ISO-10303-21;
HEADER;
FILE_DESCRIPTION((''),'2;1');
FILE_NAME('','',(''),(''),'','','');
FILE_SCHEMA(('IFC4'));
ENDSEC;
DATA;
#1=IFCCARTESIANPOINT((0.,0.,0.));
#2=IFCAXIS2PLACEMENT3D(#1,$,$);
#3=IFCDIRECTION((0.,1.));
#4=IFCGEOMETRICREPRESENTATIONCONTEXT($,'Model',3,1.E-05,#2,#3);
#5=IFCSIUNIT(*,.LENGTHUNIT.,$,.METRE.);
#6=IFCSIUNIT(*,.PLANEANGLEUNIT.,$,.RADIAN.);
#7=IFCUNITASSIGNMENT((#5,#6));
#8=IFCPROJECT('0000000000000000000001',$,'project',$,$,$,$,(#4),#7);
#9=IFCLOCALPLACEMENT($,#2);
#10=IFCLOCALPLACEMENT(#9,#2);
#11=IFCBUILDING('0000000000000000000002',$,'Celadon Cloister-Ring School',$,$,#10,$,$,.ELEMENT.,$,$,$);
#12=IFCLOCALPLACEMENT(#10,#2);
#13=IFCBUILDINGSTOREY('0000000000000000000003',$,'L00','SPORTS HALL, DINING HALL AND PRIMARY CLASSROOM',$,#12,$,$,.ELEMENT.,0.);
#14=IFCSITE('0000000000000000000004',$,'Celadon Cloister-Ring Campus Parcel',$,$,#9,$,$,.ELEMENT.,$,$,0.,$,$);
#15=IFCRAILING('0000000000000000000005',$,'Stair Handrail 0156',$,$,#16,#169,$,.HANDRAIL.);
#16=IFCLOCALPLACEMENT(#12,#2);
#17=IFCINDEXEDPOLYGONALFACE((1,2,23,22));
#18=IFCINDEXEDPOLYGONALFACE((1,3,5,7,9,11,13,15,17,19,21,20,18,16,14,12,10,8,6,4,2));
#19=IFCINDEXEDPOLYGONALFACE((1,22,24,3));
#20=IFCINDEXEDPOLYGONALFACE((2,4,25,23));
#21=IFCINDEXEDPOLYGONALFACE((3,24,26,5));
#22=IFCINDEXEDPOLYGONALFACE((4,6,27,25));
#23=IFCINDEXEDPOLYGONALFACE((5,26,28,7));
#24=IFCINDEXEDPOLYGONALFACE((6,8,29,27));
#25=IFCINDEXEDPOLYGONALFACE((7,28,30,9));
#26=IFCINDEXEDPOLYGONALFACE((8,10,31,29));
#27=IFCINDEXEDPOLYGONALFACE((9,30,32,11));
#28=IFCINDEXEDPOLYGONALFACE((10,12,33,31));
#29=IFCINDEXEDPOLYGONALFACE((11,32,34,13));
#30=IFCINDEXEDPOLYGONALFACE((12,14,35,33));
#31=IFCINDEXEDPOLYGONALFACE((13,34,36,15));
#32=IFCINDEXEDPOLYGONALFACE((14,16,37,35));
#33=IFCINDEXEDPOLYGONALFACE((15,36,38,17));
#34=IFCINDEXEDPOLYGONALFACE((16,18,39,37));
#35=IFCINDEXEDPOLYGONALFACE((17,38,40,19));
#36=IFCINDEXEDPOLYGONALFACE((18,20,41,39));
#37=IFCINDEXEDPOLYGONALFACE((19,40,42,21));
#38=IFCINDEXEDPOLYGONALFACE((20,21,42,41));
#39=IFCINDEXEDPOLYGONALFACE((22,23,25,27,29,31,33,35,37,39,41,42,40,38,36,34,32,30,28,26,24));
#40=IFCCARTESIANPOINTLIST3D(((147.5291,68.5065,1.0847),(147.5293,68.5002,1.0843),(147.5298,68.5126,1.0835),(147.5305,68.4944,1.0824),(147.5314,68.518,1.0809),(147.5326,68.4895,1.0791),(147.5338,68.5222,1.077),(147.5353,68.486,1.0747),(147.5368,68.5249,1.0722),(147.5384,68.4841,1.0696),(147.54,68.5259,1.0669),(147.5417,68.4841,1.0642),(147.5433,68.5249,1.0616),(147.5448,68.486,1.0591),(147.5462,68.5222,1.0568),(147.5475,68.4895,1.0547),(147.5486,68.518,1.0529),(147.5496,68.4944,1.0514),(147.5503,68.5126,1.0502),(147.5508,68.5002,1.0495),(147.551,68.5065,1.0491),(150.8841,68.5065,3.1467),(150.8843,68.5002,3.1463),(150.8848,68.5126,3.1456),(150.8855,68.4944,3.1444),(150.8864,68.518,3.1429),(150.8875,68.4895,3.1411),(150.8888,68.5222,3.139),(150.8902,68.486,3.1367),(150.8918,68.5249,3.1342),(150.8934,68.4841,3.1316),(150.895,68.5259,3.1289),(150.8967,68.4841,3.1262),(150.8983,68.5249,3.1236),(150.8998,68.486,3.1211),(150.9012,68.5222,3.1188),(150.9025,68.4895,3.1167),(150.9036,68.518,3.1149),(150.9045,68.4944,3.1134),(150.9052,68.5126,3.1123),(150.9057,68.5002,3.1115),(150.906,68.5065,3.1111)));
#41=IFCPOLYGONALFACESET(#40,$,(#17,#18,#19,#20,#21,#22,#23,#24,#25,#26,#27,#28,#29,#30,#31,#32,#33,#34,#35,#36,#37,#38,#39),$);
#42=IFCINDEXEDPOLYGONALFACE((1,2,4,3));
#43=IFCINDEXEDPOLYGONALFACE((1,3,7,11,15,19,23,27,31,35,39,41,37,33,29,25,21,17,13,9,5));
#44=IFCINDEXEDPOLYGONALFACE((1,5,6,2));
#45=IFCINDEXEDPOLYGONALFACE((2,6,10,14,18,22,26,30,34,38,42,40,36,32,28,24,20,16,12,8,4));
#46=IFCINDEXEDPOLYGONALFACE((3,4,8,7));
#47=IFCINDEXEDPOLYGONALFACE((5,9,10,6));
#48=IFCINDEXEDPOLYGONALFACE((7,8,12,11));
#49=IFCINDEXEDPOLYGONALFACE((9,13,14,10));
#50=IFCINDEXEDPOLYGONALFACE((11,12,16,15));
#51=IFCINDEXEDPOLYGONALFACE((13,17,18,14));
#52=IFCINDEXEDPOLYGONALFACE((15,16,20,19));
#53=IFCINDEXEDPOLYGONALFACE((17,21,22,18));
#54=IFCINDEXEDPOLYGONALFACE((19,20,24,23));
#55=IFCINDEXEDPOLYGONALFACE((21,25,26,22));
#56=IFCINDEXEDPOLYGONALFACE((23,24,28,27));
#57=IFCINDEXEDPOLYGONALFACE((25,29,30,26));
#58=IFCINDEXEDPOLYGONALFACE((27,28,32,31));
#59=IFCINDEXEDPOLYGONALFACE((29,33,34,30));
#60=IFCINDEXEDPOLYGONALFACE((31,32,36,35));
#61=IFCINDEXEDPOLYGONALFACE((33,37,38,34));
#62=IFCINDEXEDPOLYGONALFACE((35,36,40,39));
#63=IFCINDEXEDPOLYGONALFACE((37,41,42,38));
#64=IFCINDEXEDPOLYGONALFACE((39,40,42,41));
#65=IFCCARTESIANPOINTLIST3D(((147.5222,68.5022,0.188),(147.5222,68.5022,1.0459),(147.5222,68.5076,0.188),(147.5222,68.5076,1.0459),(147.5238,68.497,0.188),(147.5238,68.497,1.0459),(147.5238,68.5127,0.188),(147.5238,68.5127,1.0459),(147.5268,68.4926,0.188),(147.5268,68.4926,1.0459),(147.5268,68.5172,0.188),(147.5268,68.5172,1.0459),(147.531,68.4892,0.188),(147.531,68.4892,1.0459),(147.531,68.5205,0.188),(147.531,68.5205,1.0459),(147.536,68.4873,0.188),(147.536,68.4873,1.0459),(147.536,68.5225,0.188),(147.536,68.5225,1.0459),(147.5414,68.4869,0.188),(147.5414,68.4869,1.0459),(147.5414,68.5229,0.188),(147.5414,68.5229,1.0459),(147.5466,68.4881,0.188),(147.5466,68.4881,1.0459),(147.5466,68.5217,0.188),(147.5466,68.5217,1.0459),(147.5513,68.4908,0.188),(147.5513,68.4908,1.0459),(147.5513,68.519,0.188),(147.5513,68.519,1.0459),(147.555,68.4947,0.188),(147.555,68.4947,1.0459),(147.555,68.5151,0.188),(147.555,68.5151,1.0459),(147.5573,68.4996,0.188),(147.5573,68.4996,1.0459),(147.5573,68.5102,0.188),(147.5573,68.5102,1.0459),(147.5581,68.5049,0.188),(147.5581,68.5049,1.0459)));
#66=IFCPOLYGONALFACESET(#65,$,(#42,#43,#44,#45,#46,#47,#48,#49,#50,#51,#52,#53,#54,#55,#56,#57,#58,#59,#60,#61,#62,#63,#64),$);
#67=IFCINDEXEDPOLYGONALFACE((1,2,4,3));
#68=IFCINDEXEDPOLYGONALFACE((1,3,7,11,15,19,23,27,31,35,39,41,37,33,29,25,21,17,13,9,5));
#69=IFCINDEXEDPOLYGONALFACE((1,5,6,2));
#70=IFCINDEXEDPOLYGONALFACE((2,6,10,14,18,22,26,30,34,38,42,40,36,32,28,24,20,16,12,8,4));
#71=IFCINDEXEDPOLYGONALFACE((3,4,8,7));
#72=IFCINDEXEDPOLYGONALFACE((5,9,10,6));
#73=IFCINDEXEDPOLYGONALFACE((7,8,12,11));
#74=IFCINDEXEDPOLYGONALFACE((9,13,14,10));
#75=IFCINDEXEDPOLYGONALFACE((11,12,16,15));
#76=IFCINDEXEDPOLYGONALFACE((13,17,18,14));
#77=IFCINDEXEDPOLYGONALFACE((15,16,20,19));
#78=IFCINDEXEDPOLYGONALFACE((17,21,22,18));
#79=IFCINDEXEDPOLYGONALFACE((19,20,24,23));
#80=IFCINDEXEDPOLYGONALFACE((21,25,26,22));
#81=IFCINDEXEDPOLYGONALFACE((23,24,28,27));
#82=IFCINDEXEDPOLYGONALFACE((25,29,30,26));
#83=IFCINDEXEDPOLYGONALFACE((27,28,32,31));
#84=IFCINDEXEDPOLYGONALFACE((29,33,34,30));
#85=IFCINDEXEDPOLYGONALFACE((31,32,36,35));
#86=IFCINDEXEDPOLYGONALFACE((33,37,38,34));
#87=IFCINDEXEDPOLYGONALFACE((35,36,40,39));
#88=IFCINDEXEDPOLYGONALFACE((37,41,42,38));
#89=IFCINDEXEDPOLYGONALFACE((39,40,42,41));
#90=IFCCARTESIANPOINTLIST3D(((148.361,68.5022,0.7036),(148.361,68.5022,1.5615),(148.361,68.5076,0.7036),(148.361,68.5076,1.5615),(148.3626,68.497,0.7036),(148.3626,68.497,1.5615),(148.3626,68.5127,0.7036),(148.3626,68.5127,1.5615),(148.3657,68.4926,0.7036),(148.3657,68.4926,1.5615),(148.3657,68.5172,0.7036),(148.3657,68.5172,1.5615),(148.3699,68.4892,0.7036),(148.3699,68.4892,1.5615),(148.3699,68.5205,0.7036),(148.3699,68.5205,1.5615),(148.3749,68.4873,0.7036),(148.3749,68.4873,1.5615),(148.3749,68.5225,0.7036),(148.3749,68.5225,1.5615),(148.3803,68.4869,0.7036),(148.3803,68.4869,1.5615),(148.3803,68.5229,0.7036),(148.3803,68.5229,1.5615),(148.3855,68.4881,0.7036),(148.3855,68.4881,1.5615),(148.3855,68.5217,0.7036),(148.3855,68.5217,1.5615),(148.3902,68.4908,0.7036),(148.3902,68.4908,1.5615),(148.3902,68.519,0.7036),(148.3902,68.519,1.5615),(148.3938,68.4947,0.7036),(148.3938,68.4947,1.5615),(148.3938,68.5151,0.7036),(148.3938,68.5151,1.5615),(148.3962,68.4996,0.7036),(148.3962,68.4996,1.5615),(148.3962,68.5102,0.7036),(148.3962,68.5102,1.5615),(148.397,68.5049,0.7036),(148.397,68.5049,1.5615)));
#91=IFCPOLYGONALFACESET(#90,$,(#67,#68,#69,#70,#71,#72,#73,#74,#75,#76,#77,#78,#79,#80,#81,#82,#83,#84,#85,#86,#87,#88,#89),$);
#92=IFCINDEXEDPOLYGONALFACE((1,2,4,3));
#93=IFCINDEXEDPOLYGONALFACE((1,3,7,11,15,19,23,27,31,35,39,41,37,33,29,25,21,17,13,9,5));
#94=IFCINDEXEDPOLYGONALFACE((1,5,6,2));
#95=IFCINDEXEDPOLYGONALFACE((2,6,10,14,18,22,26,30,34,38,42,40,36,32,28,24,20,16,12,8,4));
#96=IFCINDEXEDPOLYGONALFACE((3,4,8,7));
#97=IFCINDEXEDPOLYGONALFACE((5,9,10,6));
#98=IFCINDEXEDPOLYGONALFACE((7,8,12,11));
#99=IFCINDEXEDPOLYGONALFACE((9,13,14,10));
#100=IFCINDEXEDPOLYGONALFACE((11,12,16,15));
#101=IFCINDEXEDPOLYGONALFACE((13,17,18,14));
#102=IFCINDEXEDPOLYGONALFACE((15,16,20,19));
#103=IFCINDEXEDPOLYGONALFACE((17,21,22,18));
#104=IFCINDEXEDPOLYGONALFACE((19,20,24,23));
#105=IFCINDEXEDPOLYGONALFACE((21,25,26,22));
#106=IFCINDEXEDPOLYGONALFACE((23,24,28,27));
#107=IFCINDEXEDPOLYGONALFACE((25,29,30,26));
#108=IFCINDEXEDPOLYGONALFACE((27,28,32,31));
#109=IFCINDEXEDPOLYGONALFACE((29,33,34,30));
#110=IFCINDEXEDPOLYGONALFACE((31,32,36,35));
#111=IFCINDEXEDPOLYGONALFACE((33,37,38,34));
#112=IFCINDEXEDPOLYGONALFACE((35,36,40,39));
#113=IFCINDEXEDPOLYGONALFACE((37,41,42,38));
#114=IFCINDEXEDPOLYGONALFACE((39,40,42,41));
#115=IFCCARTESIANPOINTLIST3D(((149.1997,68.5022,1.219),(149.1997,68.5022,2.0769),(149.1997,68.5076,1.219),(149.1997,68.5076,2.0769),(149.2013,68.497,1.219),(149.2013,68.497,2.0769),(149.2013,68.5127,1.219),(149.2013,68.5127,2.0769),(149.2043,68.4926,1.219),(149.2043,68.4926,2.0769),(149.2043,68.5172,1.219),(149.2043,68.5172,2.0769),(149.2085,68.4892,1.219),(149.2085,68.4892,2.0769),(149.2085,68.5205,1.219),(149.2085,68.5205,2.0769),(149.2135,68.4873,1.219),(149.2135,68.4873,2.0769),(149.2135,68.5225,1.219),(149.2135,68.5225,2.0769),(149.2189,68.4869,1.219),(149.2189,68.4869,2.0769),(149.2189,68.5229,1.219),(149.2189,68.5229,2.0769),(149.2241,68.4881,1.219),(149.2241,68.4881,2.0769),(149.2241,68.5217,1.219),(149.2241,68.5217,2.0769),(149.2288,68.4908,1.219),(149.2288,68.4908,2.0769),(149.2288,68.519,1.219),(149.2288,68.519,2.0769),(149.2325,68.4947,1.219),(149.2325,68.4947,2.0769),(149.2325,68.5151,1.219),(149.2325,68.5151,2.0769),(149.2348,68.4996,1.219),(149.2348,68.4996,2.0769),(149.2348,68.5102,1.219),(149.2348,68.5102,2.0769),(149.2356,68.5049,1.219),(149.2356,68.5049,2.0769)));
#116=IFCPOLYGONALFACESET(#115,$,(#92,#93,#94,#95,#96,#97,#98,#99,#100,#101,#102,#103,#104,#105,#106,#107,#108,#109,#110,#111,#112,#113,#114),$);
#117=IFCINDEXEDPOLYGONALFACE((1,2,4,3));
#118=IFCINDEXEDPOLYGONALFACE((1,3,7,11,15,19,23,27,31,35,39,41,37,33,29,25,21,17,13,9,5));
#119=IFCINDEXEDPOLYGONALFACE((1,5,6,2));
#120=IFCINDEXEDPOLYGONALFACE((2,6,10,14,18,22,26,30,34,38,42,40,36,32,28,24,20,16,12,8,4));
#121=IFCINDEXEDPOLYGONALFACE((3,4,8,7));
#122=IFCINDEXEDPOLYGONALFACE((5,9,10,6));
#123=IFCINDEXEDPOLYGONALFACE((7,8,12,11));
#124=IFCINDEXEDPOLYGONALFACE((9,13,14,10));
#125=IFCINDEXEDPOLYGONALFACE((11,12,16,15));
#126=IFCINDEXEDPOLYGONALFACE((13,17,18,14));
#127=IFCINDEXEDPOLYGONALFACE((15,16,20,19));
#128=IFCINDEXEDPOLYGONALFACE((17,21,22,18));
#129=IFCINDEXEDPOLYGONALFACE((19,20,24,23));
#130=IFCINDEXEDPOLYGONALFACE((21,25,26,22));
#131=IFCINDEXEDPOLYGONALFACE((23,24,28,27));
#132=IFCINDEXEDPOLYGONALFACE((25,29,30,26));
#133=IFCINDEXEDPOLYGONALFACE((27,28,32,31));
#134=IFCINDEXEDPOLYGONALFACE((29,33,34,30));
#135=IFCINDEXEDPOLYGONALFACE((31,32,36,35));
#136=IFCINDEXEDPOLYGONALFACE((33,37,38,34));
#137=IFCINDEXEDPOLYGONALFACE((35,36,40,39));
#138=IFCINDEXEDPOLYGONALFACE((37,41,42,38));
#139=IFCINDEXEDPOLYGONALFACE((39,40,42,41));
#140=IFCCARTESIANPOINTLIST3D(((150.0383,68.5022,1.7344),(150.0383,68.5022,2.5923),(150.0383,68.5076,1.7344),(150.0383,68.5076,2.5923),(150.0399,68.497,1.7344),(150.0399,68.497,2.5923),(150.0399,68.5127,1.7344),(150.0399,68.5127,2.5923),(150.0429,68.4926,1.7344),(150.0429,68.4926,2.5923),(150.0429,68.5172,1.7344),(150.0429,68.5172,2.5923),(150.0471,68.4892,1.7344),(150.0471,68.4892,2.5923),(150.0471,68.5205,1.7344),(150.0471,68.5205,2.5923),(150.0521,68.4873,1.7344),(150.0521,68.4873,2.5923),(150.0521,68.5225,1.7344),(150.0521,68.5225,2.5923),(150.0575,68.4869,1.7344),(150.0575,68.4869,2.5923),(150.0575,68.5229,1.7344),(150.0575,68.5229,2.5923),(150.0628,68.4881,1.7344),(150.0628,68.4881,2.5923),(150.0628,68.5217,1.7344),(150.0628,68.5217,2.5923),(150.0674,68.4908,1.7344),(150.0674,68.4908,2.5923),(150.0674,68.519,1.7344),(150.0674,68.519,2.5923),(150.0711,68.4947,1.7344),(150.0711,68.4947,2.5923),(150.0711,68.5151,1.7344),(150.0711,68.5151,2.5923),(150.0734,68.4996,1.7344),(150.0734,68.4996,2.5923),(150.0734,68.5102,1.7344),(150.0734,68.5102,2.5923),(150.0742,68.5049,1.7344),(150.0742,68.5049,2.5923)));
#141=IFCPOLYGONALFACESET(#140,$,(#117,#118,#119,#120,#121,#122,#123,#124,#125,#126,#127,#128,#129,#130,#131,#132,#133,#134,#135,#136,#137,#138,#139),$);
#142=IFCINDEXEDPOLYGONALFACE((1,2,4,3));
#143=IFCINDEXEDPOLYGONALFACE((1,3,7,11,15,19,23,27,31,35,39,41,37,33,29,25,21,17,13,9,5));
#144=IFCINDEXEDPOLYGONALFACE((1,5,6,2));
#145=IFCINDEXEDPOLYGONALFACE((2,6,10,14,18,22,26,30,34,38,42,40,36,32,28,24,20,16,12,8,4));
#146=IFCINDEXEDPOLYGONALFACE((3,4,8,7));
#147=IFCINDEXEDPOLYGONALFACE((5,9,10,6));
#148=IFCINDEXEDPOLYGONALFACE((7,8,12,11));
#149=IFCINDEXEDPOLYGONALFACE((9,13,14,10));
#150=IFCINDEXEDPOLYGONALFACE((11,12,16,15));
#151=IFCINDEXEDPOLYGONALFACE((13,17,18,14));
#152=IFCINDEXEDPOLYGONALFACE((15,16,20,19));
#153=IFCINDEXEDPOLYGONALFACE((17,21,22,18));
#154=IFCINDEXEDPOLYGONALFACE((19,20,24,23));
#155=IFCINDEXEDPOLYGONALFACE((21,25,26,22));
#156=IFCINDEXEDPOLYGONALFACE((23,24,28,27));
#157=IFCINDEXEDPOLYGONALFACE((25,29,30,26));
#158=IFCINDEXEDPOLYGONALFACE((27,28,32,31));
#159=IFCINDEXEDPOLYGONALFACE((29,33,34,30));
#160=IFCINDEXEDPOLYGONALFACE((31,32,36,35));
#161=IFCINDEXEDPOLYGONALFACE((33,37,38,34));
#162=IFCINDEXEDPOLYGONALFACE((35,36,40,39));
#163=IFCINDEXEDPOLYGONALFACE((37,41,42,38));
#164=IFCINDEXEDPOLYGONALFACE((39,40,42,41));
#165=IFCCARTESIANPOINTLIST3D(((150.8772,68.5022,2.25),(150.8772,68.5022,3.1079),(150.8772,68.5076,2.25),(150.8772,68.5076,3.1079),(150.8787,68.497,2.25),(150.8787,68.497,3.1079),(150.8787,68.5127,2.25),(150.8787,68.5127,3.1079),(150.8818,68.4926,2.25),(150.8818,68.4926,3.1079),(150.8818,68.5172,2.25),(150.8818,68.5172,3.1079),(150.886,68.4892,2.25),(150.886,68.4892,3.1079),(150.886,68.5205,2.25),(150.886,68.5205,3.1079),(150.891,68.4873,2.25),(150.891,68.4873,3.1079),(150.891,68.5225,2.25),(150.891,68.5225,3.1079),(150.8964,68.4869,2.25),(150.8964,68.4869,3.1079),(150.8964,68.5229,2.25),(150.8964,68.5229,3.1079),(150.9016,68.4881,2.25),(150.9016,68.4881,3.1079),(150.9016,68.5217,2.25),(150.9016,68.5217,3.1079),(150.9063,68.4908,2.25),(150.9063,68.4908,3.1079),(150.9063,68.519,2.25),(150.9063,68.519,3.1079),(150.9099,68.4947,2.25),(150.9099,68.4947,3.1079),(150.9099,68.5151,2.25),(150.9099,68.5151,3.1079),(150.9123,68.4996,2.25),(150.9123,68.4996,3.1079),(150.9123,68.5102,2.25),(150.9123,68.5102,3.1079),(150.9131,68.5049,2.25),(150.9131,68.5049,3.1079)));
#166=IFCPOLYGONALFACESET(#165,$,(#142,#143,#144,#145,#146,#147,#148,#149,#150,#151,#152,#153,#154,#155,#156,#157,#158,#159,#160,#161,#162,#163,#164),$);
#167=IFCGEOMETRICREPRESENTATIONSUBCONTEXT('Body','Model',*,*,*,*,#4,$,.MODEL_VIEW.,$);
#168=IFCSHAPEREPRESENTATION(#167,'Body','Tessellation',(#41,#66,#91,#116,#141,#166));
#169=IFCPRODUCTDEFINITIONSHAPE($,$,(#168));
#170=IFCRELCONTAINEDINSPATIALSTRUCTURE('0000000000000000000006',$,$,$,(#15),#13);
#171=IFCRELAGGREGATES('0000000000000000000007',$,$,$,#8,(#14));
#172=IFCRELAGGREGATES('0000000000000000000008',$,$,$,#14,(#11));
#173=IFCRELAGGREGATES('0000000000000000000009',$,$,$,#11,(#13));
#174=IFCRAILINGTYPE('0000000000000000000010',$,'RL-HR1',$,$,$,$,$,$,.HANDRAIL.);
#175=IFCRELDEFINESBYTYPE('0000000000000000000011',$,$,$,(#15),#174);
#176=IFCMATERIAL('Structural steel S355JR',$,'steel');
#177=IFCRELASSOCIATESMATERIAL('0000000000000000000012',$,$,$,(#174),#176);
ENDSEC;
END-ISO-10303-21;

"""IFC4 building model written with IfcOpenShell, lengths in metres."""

from ifc_helpers import new_model, si_unit, direction, frame, origin, origin_2d, place, context, subcontext, project, spatial, circle, extrude, material, type_object, element, save


model = new_model("IFC4")

# Units and contexts
model_context = context("Model", 3, precision=1e-05, world=origin(), true_north=direction((0.0, 1.0)))
body_context = subcontext(model_context, "Body", "Model", "MODEL_VIEW")
ifc_project = project(units=[si_unit("LENGTHUNIT", "METRE"), si_unit("PLANEANGLEUNIT", "RADIAN")], contexts=[model_context])

# Site, building, storey
site_placement = place(None, origin())
site = spatial("IfcSite", under=ifc_project, at=site_placement, Name="Celadon Cloister-Ring Campus Parcel", CompositionType="ELEMENT", RefElevation=0.0)
building_placement = place(site_placement, origin())
building = spatial("IfcBuilding", under=site, at=building_placement, Name="Celadon Cloister-Ring School", CompositionType="ELEMENT")
storey_placement = place(building_placement, origin())
storey = spatial("IfcBuildingStorey", under=building, at=storey_placement, Name="L00", Description="SPORTS HALL, DINING HALL AND PRIMARY CLASSROOM", CompositionType="ELEMENT", Elevation=0.0)

# Railing
ifc_material_1 = material(Name="Structural steel S355JR", Category="steel")
railing_type_1 = type_object("IfcRailingType", Name="RL-HR1", PredefinedType="HANDRAIL", material=ifc_material_1)
for number, where, name in (
    (1, (147.54, 68.5049, 0.188), "Stair Handrail 0156"),
):
    element("IfcRailing", number, at=place(storey_placement, frame(where)), inside=storey, type_object=railing_type_1, Name=name, PredefinedType="HANDRAIL", context=body_context, shape_type="SweptSolid", body=[
        extrude(circle(Radius=0.021, at=origin_2d()), frame((0.0, 0.0, 0.8789), z_axis=(0.851952, 0.0, 0.52362), x_axis=(0.0, 1.0, 0.0)), (0.0, 0.0, 1.0), 3.938),
        extrude(circle(Radius=0.0181, at=origin_2d()), origin(), (0.0, 0.0, 1.0), 0.8579),
        extrude(circle(Radius=0.0181, at=origin_2d()), frame((0.8389, 0.0, 0.5156)), (0.0, 0.0, 1.0), 0.8579),
        extrude(circle(Radius=0.0181, at=origin_2d()), frame((1.6775, 0.0, 1.031)), (0.0, 0.0, 1.0), 0.8579),
        extrude(circle(Radius=0.0181, at=origin_2d()), frame((2.5161, 0.0, 1.5464)), (0.0, 0.0, 1.0), 0.8579),
        extrude(circle(Radius=0.0181, at=origin_2d()), frame((3.355, 0.0, 2.062)), (0.0, 0.0, 1.0), 0.8579),
    ])

save(model, "model.ifc")
